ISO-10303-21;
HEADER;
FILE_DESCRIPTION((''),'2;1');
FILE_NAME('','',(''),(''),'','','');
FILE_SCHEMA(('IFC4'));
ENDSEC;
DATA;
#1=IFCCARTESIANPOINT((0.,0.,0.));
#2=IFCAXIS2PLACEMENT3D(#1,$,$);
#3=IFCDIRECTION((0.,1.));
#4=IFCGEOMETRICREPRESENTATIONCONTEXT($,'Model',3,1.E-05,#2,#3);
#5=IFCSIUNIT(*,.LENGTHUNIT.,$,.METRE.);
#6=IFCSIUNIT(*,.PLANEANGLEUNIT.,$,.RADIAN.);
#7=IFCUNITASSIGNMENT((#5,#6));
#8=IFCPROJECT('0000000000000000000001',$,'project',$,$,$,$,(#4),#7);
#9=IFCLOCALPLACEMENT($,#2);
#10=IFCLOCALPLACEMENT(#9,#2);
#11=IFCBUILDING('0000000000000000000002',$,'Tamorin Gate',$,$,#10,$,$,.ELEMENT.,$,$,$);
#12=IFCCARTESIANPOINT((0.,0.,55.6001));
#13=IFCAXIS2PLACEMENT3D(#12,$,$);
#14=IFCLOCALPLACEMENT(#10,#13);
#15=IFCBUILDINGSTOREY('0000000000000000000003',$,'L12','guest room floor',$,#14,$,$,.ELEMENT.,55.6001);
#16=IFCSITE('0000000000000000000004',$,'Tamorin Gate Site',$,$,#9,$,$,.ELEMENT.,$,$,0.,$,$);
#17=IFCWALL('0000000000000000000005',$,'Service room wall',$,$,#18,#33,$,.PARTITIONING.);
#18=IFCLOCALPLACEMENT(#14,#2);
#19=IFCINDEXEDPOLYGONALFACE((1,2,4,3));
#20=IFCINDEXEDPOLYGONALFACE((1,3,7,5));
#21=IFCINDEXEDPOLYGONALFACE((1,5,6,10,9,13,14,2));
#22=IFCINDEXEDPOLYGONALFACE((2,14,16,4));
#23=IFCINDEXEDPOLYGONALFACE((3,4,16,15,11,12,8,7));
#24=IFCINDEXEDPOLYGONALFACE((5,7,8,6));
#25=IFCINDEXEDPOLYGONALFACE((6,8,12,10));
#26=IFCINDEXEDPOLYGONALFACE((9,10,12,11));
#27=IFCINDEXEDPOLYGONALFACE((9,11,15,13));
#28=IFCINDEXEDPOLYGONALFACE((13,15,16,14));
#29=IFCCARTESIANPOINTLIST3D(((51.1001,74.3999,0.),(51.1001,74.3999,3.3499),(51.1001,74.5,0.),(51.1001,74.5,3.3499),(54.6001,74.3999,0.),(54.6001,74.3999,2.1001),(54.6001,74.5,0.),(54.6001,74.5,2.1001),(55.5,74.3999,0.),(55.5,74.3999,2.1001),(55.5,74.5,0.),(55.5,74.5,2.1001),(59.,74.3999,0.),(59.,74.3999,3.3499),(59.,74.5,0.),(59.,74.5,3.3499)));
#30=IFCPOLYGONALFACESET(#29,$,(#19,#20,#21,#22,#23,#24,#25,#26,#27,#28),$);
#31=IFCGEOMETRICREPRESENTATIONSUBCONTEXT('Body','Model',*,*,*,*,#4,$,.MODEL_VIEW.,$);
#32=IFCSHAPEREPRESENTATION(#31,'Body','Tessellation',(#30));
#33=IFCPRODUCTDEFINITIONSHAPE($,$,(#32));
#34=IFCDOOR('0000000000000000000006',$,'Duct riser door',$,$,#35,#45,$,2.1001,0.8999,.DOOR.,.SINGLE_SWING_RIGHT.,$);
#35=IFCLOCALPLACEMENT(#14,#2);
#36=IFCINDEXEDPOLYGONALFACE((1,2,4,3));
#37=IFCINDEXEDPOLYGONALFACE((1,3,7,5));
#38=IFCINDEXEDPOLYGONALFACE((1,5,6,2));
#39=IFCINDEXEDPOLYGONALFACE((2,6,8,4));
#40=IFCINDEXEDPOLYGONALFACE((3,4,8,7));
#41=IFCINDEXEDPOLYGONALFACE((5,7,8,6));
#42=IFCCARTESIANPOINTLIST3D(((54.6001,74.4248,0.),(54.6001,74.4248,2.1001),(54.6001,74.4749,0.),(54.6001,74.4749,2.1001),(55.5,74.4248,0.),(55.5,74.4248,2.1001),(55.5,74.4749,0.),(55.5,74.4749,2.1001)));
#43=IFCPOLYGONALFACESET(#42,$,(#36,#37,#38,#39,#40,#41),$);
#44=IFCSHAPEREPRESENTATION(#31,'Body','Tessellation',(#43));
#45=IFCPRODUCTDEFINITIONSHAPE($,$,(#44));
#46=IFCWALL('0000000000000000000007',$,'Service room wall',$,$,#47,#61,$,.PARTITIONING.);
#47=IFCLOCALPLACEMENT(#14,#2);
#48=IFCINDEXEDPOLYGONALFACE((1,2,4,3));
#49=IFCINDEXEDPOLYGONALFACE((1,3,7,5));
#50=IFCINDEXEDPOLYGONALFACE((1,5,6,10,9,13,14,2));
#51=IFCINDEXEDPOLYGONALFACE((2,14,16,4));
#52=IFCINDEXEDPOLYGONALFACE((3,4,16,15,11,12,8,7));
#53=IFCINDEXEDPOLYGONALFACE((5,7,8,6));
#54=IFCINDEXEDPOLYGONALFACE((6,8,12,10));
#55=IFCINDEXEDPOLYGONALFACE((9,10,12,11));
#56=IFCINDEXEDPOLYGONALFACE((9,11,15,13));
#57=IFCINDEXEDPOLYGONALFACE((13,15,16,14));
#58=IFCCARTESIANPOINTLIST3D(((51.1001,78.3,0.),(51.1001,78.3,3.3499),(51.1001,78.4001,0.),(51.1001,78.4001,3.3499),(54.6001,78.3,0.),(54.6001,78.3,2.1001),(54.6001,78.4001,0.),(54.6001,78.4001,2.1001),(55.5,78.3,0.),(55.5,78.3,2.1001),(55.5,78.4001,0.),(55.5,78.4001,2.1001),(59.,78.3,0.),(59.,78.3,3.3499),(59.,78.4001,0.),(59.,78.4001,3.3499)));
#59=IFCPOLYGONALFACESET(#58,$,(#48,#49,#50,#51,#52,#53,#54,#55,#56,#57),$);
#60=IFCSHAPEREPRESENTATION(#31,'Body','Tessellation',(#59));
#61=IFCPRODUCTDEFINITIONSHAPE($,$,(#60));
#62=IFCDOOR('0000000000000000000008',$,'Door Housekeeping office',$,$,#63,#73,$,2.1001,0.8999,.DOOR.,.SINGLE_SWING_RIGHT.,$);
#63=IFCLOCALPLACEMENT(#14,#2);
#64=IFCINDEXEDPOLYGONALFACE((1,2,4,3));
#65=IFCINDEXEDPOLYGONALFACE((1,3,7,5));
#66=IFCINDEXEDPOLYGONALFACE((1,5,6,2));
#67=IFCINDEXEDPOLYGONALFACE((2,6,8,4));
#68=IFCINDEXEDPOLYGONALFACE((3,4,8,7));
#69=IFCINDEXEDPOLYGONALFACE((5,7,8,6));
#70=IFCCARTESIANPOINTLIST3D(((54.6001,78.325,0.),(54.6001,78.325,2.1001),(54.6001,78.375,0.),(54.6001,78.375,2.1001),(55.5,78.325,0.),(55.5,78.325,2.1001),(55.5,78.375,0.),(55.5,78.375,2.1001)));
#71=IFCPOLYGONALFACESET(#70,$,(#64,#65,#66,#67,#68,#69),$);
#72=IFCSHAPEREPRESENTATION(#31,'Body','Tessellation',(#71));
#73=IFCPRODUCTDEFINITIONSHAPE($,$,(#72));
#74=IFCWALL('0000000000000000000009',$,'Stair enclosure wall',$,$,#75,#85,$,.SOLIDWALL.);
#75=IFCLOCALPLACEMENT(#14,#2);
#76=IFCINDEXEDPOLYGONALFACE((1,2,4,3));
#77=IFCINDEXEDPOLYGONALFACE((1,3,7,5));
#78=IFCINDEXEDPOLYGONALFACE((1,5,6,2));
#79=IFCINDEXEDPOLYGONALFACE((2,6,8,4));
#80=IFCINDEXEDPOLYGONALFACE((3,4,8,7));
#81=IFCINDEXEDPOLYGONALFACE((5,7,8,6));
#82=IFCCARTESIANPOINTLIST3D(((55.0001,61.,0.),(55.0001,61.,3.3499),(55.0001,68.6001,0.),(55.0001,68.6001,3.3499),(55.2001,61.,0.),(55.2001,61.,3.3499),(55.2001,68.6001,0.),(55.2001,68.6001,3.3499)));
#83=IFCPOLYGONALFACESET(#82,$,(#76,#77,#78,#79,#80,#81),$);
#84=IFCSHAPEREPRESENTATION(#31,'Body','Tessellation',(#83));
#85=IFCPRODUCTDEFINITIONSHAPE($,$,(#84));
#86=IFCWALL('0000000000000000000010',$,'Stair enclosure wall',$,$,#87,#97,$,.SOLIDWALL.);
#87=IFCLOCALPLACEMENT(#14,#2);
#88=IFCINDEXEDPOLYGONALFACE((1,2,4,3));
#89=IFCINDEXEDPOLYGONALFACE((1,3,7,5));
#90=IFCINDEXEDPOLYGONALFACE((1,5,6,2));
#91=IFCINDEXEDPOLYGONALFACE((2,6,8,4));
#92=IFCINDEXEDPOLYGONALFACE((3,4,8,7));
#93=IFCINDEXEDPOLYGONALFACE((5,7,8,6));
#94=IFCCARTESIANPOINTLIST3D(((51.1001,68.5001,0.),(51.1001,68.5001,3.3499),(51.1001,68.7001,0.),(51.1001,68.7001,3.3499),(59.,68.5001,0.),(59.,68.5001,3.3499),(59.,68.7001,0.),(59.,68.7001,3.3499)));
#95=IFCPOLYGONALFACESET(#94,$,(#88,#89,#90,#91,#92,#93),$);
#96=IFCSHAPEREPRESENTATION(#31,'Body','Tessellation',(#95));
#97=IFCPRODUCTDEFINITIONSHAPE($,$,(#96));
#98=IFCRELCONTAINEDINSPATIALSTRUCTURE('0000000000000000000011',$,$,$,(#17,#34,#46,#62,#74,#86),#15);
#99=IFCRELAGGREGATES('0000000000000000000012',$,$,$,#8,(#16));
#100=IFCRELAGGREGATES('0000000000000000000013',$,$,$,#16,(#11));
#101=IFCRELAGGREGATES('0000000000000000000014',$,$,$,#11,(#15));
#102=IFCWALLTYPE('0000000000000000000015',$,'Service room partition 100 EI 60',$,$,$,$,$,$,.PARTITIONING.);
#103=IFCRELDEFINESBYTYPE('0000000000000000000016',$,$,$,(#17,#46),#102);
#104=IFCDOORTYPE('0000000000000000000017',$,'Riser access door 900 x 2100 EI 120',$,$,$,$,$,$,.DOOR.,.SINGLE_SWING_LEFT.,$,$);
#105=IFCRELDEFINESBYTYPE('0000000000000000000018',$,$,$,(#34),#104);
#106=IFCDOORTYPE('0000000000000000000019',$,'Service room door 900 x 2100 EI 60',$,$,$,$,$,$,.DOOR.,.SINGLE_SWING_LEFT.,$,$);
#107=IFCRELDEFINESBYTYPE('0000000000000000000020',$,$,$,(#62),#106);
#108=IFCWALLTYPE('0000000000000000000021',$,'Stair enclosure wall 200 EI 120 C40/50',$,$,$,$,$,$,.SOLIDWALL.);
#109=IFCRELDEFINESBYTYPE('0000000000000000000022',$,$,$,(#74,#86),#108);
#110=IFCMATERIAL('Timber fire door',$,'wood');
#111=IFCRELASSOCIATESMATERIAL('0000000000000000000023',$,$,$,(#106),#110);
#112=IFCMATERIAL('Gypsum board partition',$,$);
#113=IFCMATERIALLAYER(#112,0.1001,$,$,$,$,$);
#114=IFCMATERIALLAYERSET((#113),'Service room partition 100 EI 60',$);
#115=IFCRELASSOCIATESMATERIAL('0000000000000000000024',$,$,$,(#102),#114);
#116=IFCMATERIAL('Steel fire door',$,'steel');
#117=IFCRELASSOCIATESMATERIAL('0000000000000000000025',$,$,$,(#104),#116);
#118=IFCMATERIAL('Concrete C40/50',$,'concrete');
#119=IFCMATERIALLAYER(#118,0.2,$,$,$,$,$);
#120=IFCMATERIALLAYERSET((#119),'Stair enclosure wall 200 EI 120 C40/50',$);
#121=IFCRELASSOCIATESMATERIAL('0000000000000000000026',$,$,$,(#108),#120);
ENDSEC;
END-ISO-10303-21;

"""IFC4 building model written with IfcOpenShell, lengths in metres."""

from ifc_helpers import new_model, si_unit, direction, frame, frame_2d, origin, place, context, subcontext, project, spatial, rectangle, extrude, material, layer, layer_set, type_object, element, fill, save


model = new_model("IFC4")

# Units and contexts
model_context = context("Model", 3, precision=1e-05, world=origin(), true_north=direction((0.0, 1.0)))
body_context = subcontext(model_context, "Body", "Model", "MODEL_VIEW")
ifc_project = project(units=[si_unit("LENGTHUNIT", "METRE"), si_unit("PLANEANGLEUNIT", "RADIAN")], contexts=[model_context])

# Site, building, storey
site_placement = place(None, origin())
site = spatial("IfcSite", under=ifc_project, at=site_placement, Name="Tamorin Gate Site", CompositionType="ELEMENT", RefElevation=0.0)
building_placement = place(site_placement, origin())
building = spatial("IfcBuilding", under=site, at=building_placement, Name="Tamorin Gate", CompositionType="ELEMENT")
storey_placement = place(building_placement, frame((0.0, 0.0, 55.6001)))
storey = spatial("IfcBuildingStorey", under=building, at=storey_placement, Name="L12", Description="guest room floor", CompositionType="ELEMENT", Elevation=55.6001)

# Shared definitions
ifc_material_1 = material(Name="Steel fire door", Category="steel")

# Shared definitions
ifc_material_2 = material(Name="Gypsum board partition")

# Shared definitions
ifc_material_3 = material(Name="Timber fire door", Category="wood")
door_type_1 = type_object("IfcDoorType", Name="Service room door 900 x 2100 EI 60", OperationType="SINGLE_SWING_LEFT", PredefinedType="DOOR", material=ifc_material_3)

# Shared definitions
ifc_layer_1 = layer(ifc_material_2, 0.1001)
ifc_layer_set_1 = layer_set([ifc_layer_1], Name="Service room partition 100 EI 60")
wall_type_1 = type_object("IfcWallType", Name="Service room partition 100 EI 60", PredefinedType="PARTITIONING", material=ifc_layer_set_1)

# Walls, openings, doors
wall_1_placement = place(storey_placement, frame((51.1001, 74.45, 0.0), z_axis=(0.0, 0.0, 1.0), x_axis=(1.0, 0.0, 0.0)))
wall_1 = element("IfcWall", 1, at=wall_1_placement, inside=storey, type_object=wall_type_1, Name="Service room wall", PredefinedType="PARTITIONING", context=body_context, shape_type="SweptSolid", body=[
    extrude(rectangle(XDim=7.8999, YDim=0.1001, at=frame_2d((3.95, 0.0))), origin(), (0.0, 0.0, 1.0), 3.3499),
])
opening_1_placement = place(wall_1_placement, frame((3.5, 0.0, 0.0)))
opening_1 = element("IfcOpeningElement", 2, at=opening_1_placement, cuts=wall_1, PredefinedType="OPENING", context=body_context, shape_type="SweptSolid", body=[
    extrude(rectangle(XDim=0.8999, YDim=2.1001, at=frame_2d((0.45, 1.05))), frame((0.0, 0.0601, 0.0), z_axis=(0.0, -1.0, 0.0), x_axis=(1.0, 0.0, 0.0)), (0.0, 0.0, 1.0), 0.1201),
])
door_type_2 = type_object("IfcDoorType", Name="Riser access door 900 x 2100 EI 120", OperationType="SINGLE_SWING_LEFT", PredefinedType="DOOR", material=ifc_material_1)
door_1_placement = place(opening_1_placement, origin())
door_1 = element("IfcDoor", 3, at=door_1_placement, inside=storey, type_object=door_type_2, Name="Duct riser door", OperationType="SINGLE_SWING_RIGHT", OverallHeight=2.1001, OverallWidth=0.8999, PredefinedType="DOOR", context=body_context, shape_type="SweptSolid", body=[
    extrude(rectangle(XDim=0.8999, YDim=2.1001, at=frame_2d((0.45, 1.05))), frame((0.0, 0.0249, 0.0), z_axis=(0.0, -1.0, 0.0), x_axis=(1.0, 0.0, 0.0)), (0.0, 0.0, 1.0), 0.05),
])
fill(opening_1, door_1)
wall_2_placement = place(storey_placement, frame((51.1001, 78.3501, 0.0), z_axis=(0.0, 0.0, 1.0), x_axis=(1.0, 0.0, 0.0)))
wall_2 = element("IfcWall", 4, at=wall_2_placement, inside=storey, type_object=wall_type_1, Name="Service room wall", PredefinedType="PARTITIONING", context=body_context, shape_type="SweptSolid", body=[
    extrude(rectangle(XDim=7.8999, YDim=0.1001, at=frame_2d((3.95, 0.0))), origin(), (0.0, 0.0, 1.0), 3.3499),
])
opening_2_placement = place(wall_2_placement, frame((3.5, 0.0, 0.0)))
opening_2 = element("IfcOpeningElement", 5, at=opening_2_placement, cuts=wall_2, PredefinedType="OPENING", context=body_context, shape_type="SweptSolid", body=[
    extrude(rectangle(XDim=0.8999, YDim=2.1001, at=frame_2d((0.45, 1.05))), frame((0.0, 0.0601, 0.0), z_axis=(0.0, -1.0, 0.0), x_axis=(1.0, 0.0, 0.0)), (0.0, 0.0, 1.0), 0.1201),
])
door_2_placement = place(opening_2_placement, origin())
door_2 = element("IfcDoor", 6, at=door_2_placement, inside=storey, type_object=door_type_1, Name="Door Housekeeping office", OperationType="SINGLE_SWING_RIGHT", OverallHeight=2.1001, OverallWidth=0.8999, PredefinedType="DOOR", context=body_context, shape_type="SweptSolid", body=[
    extrude(rectangle(XDim=0.8999, YDim=2.1001, at=frame_2d((0.45, 1.05))), frame((0.0, 0.0249, 0.0), z_axis=(0.0, -1.0, 0.0), x_axis=(1.0, 0.0, 0.0)), (0.0, 0.0, 1.0), 0.05),
])
fill(opening_2, door_2)

# Walls
ifc_material_4 = material(Name="Concrete C40/50", Category="concrete")
ifc_layer_2 = layer(ifc_material_4, 0.2)
ifc_layer_set_2 = layer_set([ifc_layer_2], Name="Stair enclosure wall 200 EI 120 C40/50")
wall_type_2 = type_object("IfcWallType", Name="Stair enclosure wall 200 EI 120 C40/50", PredefinedType="SOLIDWALL", material=ifc_layer_set_2)
wall_3_placement = place(storey_placement, frame((55.1001, 61.0, 0.0), z_axis=(0.0, 0.0, 1.0), x_axis=(0.0, 1.0, 0.0)))
element("IfcWall", 7, at=wall_3_placement, inside=storey, type_object=wall_type_2, Name="Stair enclosure wall", PredefinedType="SOLIDWALL", context=body_context, shape_type="SweptSolid", body=[
    extrude(rectangle(XDim=7.6001, YDim=0.2, at=frame_2d((3.8, 0.0))), origin(), (0.0, 0.0, 1.0), 3.3499),
])
wall_4_placement = place(storey_placement, frame((51.1001, 68.6001, 0.0), z_axis=(0.0, 0.0, 1.0), x_axis=(1.0, 0.0, 0.0)))
element("IfcWall", 8, at=wall_4_placement, inside=storey, type_object=wall_type_2, Name="Stair enclosure wall", PredefinedType="SOLIDWALL", context=body_context, shape_type="SweptSolid", body=[
    extrude(rectangle(XDim=7.8999, YDim=0.2, at=frame_2d((3.95, 0.0))), origin(), (0.0, 0.0, 1.0), 3.3499),
])

save(model, "model.ifc")
